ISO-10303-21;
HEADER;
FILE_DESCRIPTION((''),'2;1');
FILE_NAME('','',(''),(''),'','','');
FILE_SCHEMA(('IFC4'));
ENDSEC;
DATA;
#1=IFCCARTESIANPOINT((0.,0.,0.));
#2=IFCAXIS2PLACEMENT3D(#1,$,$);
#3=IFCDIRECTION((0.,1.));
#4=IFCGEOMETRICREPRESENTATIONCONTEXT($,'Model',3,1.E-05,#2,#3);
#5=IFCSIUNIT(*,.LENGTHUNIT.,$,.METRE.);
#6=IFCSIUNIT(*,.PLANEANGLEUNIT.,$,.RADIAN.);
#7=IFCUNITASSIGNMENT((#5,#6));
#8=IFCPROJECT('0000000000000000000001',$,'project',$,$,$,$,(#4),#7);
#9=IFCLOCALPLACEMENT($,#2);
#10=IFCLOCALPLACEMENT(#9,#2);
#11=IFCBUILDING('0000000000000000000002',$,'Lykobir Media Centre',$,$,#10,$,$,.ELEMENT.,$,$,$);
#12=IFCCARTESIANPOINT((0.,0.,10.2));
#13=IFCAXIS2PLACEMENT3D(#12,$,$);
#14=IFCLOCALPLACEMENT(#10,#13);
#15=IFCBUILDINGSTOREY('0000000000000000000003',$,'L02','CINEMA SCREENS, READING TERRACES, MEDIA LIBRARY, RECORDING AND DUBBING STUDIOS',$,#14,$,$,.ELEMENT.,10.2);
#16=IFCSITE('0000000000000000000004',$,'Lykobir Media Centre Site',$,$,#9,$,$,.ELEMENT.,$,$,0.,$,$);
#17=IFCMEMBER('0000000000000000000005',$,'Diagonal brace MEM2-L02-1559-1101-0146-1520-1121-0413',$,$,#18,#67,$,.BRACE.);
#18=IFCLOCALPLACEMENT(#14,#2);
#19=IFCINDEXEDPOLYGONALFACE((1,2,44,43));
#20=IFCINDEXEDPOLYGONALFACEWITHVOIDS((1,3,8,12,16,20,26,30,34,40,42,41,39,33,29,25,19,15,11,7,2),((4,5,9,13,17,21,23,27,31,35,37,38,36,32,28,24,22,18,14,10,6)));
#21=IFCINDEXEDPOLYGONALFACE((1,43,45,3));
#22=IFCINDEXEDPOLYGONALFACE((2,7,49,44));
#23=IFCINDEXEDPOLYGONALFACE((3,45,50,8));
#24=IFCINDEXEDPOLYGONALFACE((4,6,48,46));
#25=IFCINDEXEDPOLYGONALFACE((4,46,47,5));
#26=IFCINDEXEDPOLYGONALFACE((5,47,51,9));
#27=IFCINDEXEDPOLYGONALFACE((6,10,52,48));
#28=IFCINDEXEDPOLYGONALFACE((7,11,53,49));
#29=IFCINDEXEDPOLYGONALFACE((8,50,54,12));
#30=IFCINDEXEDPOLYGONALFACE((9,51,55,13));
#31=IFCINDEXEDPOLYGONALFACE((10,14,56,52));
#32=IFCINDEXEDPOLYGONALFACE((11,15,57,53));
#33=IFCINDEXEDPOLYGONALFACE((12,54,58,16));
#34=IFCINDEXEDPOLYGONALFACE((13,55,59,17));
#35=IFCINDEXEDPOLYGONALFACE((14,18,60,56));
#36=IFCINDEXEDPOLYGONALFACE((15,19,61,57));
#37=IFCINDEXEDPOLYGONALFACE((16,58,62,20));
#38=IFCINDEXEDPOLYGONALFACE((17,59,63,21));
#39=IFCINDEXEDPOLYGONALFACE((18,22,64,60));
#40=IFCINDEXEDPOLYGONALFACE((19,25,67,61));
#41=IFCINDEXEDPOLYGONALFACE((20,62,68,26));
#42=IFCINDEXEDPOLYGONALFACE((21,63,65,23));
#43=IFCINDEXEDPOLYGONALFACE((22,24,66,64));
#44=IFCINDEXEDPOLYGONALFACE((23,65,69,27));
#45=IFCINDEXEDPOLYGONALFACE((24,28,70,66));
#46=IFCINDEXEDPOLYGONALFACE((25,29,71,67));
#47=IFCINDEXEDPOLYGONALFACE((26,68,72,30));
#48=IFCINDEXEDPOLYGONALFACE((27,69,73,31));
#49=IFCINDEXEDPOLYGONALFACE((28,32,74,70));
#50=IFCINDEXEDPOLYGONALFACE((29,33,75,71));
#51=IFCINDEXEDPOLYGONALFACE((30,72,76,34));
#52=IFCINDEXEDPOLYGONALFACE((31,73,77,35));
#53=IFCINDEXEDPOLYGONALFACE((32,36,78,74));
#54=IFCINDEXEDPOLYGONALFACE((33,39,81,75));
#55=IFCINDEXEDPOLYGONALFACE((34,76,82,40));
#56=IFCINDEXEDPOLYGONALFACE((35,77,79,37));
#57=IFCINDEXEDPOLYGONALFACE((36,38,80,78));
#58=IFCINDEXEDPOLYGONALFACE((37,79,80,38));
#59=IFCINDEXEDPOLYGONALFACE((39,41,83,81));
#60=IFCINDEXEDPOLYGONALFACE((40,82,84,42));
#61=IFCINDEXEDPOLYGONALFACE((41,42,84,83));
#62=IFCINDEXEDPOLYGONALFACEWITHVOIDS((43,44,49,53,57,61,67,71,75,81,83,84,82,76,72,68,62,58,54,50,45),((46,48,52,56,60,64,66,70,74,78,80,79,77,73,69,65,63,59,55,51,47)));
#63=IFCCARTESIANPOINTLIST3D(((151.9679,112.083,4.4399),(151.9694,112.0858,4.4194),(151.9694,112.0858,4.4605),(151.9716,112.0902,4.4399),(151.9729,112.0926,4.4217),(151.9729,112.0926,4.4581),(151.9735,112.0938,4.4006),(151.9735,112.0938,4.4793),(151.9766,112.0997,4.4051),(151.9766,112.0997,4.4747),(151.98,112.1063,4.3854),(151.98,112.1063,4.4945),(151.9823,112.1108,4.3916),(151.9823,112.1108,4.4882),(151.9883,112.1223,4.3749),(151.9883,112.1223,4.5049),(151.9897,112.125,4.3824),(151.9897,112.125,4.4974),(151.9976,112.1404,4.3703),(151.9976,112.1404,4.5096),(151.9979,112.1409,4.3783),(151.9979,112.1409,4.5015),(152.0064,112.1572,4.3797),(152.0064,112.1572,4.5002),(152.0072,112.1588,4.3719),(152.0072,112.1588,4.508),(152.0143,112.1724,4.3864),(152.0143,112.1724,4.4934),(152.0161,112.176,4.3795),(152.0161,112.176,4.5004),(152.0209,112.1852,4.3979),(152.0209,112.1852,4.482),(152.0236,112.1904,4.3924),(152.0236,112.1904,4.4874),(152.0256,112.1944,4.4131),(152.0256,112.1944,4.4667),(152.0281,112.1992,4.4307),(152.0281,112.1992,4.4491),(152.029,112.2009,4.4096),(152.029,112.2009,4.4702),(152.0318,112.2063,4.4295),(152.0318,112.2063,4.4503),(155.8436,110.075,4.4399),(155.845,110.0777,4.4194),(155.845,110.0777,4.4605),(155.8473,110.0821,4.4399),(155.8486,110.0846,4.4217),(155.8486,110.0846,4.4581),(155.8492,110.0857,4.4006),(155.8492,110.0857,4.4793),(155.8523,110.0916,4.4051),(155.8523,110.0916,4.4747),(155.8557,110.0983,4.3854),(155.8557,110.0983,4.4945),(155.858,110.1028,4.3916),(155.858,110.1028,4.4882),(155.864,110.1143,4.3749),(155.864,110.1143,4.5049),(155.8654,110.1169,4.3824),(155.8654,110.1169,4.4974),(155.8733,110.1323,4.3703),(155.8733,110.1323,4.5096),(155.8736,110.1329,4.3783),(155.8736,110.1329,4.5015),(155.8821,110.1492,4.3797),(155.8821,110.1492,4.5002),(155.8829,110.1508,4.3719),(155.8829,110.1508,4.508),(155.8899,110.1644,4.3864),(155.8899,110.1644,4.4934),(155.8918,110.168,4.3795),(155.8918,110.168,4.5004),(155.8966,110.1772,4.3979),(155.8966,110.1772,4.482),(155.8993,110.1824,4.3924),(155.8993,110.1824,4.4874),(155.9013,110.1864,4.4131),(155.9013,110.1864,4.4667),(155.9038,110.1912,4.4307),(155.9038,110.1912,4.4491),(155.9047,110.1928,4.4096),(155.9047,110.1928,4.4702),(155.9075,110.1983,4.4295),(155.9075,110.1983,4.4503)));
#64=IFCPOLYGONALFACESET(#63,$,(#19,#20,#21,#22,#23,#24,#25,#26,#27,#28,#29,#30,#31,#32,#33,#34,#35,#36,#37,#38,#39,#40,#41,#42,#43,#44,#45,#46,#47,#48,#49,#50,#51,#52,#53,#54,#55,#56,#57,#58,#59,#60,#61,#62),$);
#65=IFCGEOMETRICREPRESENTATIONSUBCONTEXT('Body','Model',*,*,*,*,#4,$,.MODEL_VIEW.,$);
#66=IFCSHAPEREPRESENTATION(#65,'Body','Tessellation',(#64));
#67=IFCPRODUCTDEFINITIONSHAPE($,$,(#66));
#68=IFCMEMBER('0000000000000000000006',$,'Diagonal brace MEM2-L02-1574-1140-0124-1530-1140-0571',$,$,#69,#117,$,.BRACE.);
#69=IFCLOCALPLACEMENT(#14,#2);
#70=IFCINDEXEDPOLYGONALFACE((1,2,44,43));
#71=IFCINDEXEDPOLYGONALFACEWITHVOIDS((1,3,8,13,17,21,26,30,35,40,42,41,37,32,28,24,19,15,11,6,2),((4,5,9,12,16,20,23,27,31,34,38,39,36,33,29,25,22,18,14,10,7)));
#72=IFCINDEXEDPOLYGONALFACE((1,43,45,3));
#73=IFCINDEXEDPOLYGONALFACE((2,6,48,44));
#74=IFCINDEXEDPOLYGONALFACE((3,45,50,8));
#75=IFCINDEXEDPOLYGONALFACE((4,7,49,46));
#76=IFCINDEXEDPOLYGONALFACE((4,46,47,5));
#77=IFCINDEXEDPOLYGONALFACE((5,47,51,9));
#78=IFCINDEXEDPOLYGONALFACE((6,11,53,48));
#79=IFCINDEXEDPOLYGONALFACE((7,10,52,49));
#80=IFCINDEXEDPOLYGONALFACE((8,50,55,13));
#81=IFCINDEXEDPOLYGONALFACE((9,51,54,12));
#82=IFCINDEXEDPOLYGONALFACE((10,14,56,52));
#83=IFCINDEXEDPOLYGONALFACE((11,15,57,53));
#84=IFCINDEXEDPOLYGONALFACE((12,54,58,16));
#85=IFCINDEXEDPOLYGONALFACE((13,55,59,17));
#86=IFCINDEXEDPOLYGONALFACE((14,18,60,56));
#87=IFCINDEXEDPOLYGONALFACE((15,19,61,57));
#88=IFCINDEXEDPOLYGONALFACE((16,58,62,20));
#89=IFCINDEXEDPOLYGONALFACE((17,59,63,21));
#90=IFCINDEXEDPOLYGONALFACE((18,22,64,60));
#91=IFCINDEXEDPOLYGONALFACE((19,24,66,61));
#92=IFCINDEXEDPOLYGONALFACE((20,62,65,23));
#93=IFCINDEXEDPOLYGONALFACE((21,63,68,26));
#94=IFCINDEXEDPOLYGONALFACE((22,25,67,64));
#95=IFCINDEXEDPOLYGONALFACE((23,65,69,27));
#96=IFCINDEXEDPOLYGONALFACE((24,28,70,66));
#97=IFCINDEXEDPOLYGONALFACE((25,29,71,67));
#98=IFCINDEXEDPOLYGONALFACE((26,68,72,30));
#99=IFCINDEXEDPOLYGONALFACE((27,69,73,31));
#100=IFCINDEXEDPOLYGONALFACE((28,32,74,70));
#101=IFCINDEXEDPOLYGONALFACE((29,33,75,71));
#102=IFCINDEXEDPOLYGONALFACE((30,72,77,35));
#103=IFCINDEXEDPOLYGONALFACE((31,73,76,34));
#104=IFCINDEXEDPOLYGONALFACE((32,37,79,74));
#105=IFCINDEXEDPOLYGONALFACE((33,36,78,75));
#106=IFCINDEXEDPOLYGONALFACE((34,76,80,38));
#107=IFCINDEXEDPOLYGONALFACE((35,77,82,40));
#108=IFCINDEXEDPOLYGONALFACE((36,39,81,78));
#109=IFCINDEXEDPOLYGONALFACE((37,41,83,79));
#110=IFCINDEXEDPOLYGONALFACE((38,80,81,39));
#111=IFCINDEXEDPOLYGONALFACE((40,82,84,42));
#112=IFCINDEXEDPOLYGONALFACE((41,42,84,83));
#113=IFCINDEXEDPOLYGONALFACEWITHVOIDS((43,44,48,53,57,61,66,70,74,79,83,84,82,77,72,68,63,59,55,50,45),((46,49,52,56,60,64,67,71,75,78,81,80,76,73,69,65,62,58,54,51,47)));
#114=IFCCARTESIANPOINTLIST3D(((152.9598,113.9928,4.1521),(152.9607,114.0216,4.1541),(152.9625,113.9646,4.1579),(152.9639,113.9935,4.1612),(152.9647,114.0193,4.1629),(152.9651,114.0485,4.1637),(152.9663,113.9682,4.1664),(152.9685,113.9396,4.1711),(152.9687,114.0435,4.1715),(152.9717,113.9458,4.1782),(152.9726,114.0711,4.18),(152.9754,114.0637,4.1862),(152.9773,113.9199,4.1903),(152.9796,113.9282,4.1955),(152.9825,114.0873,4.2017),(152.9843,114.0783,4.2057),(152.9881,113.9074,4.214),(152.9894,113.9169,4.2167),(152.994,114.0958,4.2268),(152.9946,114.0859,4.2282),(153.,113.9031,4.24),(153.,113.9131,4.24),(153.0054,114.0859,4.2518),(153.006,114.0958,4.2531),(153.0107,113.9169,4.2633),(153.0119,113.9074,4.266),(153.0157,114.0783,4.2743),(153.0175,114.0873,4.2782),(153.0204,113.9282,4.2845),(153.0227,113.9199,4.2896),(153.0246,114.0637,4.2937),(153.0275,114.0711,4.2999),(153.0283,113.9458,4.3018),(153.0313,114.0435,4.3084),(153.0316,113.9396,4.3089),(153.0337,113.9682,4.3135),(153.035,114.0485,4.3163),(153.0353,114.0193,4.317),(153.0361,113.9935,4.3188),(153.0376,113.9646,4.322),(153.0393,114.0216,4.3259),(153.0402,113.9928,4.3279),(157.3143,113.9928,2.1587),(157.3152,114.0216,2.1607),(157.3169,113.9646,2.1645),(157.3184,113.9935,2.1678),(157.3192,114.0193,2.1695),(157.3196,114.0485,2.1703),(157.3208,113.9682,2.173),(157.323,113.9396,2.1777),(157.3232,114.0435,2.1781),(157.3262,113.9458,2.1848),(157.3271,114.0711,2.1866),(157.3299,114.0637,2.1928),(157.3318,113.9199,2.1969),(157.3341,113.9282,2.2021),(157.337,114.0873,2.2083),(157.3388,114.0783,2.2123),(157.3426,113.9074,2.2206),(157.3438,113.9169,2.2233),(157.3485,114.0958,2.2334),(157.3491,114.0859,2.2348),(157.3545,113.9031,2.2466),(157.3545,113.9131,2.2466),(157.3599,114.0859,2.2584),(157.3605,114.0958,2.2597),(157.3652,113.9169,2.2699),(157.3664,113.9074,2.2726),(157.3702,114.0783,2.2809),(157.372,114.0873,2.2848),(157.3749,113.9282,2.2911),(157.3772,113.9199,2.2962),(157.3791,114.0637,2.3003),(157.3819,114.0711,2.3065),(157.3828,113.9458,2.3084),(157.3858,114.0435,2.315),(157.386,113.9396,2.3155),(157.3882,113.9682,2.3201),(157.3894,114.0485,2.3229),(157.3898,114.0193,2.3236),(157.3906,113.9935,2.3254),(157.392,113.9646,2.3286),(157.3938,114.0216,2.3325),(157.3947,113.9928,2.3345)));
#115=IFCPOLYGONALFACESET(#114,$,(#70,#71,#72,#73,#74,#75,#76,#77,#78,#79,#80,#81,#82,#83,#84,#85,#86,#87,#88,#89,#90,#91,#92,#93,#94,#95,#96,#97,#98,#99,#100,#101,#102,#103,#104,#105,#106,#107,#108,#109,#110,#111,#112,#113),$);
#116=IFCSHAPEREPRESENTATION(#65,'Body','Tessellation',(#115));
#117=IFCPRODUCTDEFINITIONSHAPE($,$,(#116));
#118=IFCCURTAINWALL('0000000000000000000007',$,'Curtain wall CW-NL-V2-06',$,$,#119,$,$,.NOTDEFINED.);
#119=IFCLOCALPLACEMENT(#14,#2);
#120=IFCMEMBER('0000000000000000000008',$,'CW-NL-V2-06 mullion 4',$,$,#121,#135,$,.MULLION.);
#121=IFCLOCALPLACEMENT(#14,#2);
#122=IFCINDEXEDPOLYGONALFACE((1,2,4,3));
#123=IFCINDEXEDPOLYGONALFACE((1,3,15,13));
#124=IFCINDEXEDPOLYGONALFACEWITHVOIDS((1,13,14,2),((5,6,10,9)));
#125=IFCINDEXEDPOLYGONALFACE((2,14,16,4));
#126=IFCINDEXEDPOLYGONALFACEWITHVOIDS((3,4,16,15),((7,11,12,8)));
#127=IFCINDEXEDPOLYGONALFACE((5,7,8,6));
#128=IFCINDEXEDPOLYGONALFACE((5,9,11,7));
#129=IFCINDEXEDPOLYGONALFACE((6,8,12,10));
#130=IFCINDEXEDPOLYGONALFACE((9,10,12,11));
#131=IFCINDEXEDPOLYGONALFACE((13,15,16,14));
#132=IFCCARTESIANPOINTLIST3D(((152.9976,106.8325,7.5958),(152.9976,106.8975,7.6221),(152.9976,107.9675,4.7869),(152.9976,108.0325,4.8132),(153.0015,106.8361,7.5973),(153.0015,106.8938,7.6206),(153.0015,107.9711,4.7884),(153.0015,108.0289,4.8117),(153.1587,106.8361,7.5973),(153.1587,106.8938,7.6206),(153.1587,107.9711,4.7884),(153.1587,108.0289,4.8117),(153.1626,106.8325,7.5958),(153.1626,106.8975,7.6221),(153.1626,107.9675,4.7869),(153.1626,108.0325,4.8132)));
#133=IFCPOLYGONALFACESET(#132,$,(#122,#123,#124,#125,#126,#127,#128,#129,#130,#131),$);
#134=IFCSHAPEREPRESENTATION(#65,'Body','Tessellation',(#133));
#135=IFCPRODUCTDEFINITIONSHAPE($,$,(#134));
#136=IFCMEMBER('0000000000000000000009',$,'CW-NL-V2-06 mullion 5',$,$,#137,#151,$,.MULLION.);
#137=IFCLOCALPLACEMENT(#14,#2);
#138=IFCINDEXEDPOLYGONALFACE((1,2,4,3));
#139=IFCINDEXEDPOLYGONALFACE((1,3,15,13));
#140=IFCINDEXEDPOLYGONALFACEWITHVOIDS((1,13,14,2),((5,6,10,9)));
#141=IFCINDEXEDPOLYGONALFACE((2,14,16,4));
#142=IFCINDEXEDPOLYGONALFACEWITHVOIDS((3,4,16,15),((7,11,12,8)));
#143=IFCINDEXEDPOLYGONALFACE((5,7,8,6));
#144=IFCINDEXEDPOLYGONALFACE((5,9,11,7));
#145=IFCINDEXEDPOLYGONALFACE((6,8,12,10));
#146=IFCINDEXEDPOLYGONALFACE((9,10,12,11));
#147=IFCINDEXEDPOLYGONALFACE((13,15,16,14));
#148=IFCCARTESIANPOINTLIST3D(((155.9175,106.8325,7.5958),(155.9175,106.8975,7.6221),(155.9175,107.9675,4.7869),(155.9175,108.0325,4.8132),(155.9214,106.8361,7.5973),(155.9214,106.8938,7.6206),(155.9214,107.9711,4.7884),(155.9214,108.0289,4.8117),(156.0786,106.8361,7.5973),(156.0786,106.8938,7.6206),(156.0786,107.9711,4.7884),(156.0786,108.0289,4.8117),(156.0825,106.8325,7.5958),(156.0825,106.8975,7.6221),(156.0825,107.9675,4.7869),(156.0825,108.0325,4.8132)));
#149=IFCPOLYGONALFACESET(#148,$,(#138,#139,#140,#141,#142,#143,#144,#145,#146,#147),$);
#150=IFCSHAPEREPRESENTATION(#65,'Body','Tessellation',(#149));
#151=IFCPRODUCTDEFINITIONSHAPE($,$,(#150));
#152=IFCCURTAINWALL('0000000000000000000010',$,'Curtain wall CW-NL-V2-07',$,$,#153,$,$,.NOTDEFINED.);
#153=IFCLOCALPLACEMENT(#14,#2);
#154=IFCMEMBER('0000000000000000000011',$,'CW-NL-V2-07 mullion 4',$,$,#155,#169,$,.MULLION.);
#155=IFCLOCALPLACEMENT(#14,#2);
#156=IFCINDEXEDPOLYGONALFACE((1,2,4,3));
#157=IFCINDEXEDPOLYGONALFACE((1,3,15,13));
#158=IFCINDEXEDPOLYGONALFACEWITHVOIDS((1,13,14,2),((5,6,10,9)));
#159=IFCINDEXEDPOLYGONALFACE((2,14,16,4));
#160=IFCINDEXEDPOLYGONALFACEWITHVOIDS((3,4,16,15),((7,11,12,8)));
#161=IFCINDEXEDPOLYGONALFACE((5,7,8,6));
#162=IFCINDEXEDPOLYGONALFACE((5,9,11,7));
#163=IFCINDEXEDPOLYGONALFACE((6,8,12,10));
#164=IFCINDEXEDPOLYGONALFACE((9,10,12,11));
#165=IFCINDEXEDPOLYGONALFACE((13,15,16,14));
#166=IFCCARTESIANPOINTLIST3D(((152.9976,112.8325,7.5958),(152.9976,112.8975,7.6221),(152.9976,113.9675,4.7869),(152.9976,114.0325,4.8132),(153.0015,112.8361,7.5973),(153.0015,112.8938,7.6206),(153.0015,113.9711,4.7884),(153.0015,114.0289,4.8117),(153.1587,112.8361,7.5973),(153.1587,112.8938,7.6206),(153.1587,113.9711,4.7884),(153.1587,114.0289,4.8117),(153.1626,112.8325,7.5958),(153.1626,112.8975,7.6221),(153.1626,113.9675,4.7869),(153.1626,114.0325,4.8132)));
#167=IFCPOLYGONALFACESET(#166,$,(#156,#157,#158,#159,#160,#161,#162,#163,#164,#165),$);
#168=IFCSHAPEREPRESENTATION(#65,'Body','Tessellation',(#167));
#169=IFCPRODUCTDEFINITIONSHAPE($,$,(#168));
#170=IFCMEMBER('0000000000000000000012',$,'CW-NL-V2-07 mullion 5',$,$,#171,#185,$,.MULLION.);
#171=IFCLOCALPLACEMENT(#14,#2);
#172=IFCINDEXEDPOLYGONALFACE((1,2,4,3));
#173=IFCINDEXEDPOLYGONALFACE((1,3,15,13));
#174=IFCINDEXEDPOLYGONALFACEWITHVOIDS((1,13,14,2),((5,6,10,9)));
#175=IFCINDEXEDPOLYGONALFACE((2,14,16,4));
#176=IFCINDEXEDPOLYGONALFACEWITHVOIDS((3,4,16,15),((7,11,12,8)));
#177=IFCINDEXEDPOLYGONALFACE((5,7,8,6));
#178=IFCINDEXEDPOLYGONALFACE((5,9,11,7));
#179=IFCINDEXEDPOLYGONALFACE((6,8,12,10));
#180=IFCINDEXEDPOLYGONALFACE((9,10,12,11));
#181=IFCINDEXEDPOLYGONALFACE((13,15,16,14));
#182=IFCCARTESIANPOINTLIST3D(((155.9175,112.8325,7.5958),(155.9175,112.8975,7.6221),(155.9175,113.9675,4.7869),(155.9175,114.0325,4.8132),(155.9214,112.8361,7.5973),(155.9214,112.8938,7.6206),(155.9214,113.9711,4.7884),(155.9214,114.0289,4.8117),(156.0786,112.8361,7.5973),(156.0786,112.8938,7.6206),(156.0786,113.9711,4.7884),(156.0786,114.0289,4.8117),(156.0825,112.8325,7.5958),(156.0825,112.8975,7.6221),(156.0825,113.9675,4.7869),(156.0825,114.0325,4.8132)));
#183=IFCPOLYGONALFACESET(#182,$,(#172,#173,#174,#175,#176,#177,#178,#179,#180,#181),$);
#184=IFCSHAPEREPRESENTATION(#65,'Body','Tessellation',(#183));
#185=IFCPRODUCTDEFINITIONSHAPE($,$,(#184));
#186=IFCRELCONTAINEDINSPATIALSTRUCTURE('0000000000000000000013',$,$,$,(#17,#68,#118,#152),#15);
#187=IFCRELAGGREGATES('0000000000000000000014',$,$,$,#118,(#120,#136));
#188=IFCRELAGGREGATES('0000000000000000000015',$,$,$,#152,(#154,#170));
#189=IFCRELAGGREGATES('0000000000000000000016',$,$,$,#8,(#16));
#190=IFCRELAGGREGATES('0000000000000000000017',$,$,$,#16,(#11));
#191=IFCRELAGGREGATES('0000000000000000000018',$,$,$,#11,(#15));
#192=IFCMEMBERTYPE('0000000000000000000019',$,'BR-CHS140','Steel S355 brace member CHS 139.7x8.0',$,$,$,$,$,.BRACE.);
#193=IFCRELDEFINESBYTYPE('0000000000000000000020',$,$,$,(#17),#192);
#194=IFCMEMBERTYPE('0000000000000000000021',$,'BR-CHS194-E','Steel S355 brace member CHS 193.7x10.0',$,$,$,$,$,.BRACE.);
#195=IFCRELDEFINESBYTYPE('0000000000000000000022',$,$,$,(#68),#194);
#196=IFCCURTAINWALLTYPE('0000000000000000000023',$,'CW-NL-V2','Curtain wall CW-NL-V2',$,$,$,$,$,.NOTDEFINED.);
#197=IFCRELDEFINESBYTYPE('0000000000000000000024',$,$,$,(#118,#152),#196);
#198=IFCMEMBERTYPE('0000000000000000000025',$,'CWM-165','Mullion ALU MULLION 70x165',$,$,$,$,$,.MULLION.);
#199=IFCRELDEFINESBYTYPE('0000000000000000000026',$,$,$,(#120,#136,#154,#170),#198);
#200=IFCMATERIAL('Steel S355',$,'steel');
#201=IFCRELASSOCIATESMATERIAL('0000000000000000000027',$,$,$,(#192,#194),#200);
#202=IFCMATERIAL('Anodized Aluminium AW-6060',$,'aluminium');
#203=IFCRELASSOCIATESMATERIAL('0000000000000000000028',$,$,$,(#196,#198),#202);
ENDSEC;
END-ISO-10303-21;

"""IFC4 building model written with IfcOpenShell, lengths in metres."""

from ifc_helpers import new_model, si_unit, direction, frame, origin, origin_2d, place, context, subcontext, project, spatial, hollow_rectangle, hollow_circle, extrude, material, material_profile, profile_set, type_object, element, aggregate, save


model = new_model("IFC4")

# Units and contexts
model_context = context("Model", 3, precision=1e-05, world=origin(), true_north=direction((0.0, 1.0)))
body_context = subcontext(model_context, "Body", "Model", "MODEL_VIEW")
ifc_project = project(units=[si_unit("LENGTHUNIT", "METRE"), si_unit("PLANEANGLEUNIT", "RADIAN")], contexts=[model_context])

# Site, building, storey
site_placement = place(None, origin())
site = spatial("IfcSite", under=ifc_project, at=site_placement, Name="Lykobir Media Centre Site", CompositionType="ELEMENT", RefElevation=0.0)
building_placement = place(site_placement, origin())
building = spatial("IfcBuilding", under=site, at=building_placement, Name="Lykobir Media Centre", CompositionType="ELEMENT")
storey_placement = place(building_placement, frame((0.0, 0.0, 10.2)))
storey = spatial("IfcBuildingStorey", under=building, at=storey_placement, Name="L02", Description="CINEMA SCREENS, READING TERRACES, MEDIA LIBRARY, RECORDING AND DUBBING STUDIOS", CompositionType="ELEMENT", Elevation=10.2)

# Members
ifc_material_1 = material(Name="Steel S355", Category="steel")
ifc_material_profile_1 = material_profile(ifc_material_1, hollow_circle(Radius=0.0698, WallThickness=0.0081, at=origin_2d()), Name="CHS 139.7x8.0")
ifc_profile_set_1 = profile_set([ifc_material_profile_1], Name="Steel S355")
member_type_1 = type_object("IfcMemberType", Name="BR-CHS140", Description="Steel S355 brace member CHS 139.7x8.0", PredefinedType="BRACE", material=ifc_profile_set_1)
member_1_placement = place(storey_placement, frame((155.8757, 110.137, 4.4399), z_axis=(-0.887903, 0.460031, 0.0), x_axis=(-0.460031, -0.887903, 0.0)))
element("IfcMember", 1, at=member_1_placement, inside=storey, type_object=member_type_1, Name="Diagonal brace MEM2-L02-1559-1101-0146-1520-1121-0413", PredefinedType="BRACE", context=body_context, shape_type="SweptSolid", body=[
    extrude(hollow_circle(Radius=0.0698, WallThickness=0.0081, at=origin_2d()), origin(), (0.0, 0.0, 1.0), 4.365),
])
ifc_material_profile_2 = material_profile(ifc_material_1, hollow_circle(Radius=0.0969, WallThickness=0.01, at=origin_2d()), Name="CHS 193.7x10.0")
ifc_profile_set_2 = profile_set([ifc_material_profile_2], Name="Steel S355")
member_type_2 = type_object("IfcMemberType", Name="BR-CHS194-E", Description="Steel S355 brace member CHS 193.7x10.0", PredefinedType="BRACE", material=ifc_profile_set_2)
member_2_placement = place(storey_placement, frame((157.3545, 114.0, 2.2466), z_axis=(-0.909255, 0.0, 0.41624), x_axis=(0.0, -1.0, 0.0)))
element("IfcMember", 2, at=member_2_placement, inside=storey, type_object=member_type_2, Name="Diagonal brace MEM2-L02-1574-1140-0124-1530-1140-0571", PredefinedType="BRACE", context=body_context, shape_type="SweptSolid", body=[
    extrude(hollow_circle(Radius=0.0969, WallThickness=0.01, at=origin_2d()), origin(), (0.0, 0.0, 1.0), 4.7891),
])

# Curtain walls, members
ifc_material_2 = material(Name="Anodized Aluminium AW-6060", Category="aluminium")
curtain_wall_type = type_object("IfcCurtainWallType", Name="CW-NL-V2", Description="Curtain wall CW-NL-V2", PredefinedType="NOTDEFINED", material=ifc_material_2)
curtain_wall_1_placement = place(storey_placement, origin())
curtain_wall_1 = element("IfcCurtainWall", 3, at=curtain_wall_1_placement, inside=storey, type_object=curtain_wall_type, Name="Curtain wall CW-NL-V2-06", PredefinedType="NOTDEFINED")
ifc_material_profile_3 = material_profile(ifc_material_2, hollow_rectangle(XDim=0.0701, YDim=0.165, WallThickness=0.0039, at=origin_2d()), Name="ALU MULLION 70x165")
ifc_profile_set_3 = profile_set([ifc_material_profile_3], Name="Anodized Aluminium AW-6060")
member_type_3 = type_object("IfcMemberType", Name="CWM-165", Description="Mullion ALU MULLION 70x165", PredefinedType="MULLION", material=ifc_profile_set_3)
member_3_placement = place(storey_placement, frame((153.0801, 108.0, 4.8), z_axis=(0.0, -0.374654, 0.927165), x_axis=(0.0, 0.927165, 0.374654)))
member_3 = element("IfcMember", 4, at=member_3_placement, type_object=member_type_3, Name="CW-NL-V2-06 mullion 4", PredefinedType="MULLION", context=body_context, shape_type="SweptSolid", body=[
    extrude(hollow_rectangle(XDim=0.0701, YDim=0.165, WallThickness=0.0039, at=origin_2d()), origin(), (0.0, 0.0, 1.0), 3.0295),
])
member_4_placement = place(storey_placement, frame((156.0, 108.0, 4.8), z_axis=(0.0, -0.374654, 0.927165), x_axis=(0.0, 0.927165, 0.374654)))
member_4 = element("IfcMember", 5, at=member_4_placement, type_object=member_type_3, Name="CW-NL-V2-06 mullion 5", PredefinedType="MULLION", context=body_context, shape_type="SweptSolid", body=[
    extrude(hollow_rectangle(XDim=0.0701, YDim=0.165, WallThickness=0.0039, at=origin_2d()), origin(), (0.0, 0.0, 1.0), 3.0295),
])
curtain_wall_2_placement = place(storey_placement, origin())
curtain_wall_2 = element("IfcCurtainWall", 6, at=curtain_wall_2_placement, inside=storey, type_object=curtain_wall_type, Name="Curtain wall CW-NL-V2-07", PredefinedType="NOTDEFINED")
member_5_placement = place(storey_placement, frame((153.0801, 114.0, 4.8), z_axis=(0.0, -0.374654, 0.927165), x_axis=(0.0, 0.927165, 0.374654)))
member_5 = element("IfcMember", 7, at=member_5_placement, type_object=member_type_3, Name="CW-NL-V2-07 mullion 4", PredefinedType="MULLION", context=body_context, shape_type="SweptSolid", body=[
    extrude(hollow_rectangle(XDim=0.0701, YDim=0.165, WallThickness=0.0039, at=origin_2d()), origin(), (0.0, 0.0, 1.0), 3.0295),
])
member_6_placement = place(storey_placement, frame((156.0, 114.0, 4.8), z_axis=(0.0, -0.374654, 0.927165), x_axis=(0.0, 0.927165, 0.374654)))
member_6 = element("IfcMember", 8, at=member_6_placement, type_object=member_type_3, Name="CW-NL-V2-07 mullion 5", PredefinedType="MULLION", context=body_context, shape_type="SweptSolid", body=[
    extrude(hollow_rectangle(XDim=0.0701, YDim=0.165, WallThickness=0.0039, at=origin_2d()), origin(), (0.0, 0.0, 1.0), 3.0295),
])

aggregate(curtain_wall_1, [member_3, member_4])
aggregate(curtain_wall_2, [member_5, member_6])

save(model, "model.ifc")
